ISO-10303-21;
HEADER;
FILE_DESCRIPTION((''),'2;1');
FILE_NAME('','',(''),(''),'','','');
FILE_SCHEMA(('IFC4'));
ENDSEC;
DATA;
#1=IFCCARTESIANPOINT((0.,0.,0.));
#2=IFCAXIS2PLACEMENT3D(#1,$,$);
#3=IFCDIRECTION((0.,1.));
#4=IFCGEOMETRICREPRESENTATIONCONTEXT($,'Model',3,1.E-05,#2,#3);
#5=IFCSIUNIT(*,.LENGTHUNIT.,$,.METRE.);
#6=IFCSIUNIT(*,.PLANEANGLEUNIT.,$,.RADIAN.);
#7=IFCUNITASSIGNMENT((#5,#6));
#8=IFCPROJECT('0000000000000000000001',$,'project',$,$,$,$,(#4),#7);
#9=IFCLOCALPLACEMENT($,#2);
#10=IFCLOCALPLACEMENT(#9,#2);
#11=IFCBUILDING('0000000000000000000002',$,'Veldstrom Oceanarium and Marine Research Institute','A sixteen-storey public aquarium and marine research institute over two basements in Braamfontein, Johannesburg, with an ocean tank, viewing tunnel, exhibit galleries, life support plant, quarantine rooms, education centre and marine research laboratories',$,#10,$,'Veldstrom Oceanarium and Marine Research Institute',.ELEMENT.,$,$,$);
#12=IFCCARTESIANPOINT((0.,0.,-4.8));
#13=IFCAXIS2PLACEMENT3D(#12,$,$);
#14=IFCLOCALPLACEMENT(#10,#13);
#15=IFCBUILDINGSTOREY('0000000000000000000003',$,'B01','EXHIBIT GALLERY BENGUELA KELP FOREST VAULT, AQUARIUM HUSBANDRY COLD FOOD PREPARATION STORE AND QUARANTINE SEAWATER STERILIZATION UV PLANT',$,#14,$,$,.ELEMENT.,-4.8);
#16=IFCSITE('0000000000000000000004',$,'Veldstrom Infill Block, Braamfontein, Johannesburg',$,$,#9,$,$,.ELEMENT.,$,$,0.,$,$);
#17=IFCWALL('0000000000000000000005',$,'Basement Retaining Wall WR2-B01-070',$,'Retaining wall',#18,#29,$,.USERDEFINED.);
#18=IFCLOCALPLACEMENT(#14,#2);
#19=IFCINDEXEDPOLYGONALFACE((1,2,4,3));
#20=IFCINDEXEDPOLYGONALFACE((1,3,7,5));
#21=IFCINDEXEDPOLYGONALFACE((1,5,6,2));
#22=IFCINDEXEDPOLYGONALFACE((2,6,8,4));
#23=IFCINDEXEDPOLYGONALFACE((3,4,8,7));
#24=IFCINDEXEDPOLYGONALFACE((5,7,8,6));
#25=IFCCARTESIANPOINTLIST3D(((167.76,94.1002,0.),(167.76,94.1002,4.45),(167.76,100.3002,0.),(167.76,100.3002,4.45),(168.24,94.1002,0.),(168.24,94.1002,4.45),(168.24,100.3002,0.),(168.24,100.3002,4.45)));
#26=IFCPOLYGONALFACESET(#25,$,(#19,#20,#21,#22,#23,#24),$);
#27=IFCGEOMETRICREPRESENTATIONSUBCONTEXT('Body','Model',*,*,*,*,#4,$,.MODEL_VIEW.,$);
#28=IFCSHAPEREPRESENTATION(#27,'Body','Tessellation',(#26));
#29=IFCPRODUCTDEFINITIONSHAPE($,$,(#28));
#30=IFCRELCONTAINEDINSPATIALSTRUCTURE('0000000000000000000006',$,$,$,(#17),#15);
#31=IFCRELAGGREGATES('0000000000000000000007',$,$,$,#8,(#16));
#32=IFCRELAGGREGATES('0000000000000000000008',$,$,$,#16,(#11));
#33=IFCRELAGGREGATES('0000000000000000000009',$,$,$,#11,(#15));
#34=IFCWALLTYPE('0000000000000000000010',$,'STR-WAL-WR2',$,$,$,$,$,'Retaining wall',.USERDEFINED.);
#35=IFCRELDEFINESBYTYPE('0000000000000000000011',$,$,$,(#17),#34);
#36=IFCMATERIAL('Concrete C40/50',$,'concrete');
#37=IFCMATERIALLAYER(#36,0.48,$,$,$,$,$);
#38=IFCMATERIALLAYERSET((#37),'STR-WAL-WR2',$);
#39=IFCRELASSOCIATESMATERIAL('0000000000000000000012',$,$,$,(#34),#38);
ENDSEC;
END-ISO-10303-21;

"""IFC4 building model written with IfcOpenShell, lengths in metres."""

from ifc_helpers import new_model, si_unit, direction, frame, frame_2d, origin, place, context, subcontext, project, spatial, rectangle, extrude, material, layer, layer_set, type_object, element, save


model = new_model("IFC4")

# Units and contexts
model_context = context("Model", 3, precision=1e-05, world=origin(), true_north=direction((0.0, 1.0)))
body_context = subcontext(model_context, "Body", "Model", "MODEL_VIEW")
ifc_project = project(units=[si_unit("LENGTHUNIT", "METRE"), si_unit("PLANEANGLEUNIT", "RADIAN")], contexts=[model_context])

# Site, building, storey
site_placement = place(None, origin())
site = spatial("IfcSite", under=ifc_project, at=site_placement, Name="Veldstrom Infill Block, Braamfontein, Johannesburg", CompositionType="ELEMENT", RefElevation=0.0)
building_placement = place(site_placement, origin())
building = spatial("IfcBuilding", under=site, at=building_placement, Name="Veldstrom Oceanarium and Marine Research Institute", Description="A sixteen-storey public aquarium and marine research institute over two basements in Braamfontein, Johannesburg, with an ocean tank, viewing tunnel, exhibit galleries, life support plant, quarantine rooms, education centre and marine research laboratories", LongName="Veldstrom Oceanarium and Marine Research Institute", CompositionType="ELEMENT")
storey_placement = place(building_placement, frame((0.0, 0.0, -4.8)))
storey = spatial("IfcBuildingStorey", under=building, at=storey_placement, Name="B01", Description="EXHIBIT GALLERY BENGUELA KELP FOREST VAULT, AQUARIUM HUSBANDRY COLD FOOD PREPARATION STORE AND QUARANTINE SEAWATER STERILIZATION UV PLANT", CompositionType="ELEMENT", Elevation=-4.8)

# Wall
ifc_material_1 = material(Name="Concrete C40/50", Category="concrete")
ifc_layer_1 = layer(ifc_material_1, 0.48)
ifc_layer_set_1 = layer_set([ifc_layer_1], Name="STR-WAL-WR2")
wall_type_1 = type_object("IfcWallType", Name="STR-WAL-WR2", ElementType="Retaining wall", PredefinedType="USERDEFINED", material=ifc_layer_set_1)
wall_1_placement = place(storey_placement, frame((168.0, 94.1001, 0.0), z_axis=(0.0, 0.0, 1.0), x_axis=(0.0, 1.0, 0.0)))
element("IfcWall", 1, at=wall_1_placement, inside=storey, type_object=wall_type_1, Name="Basement Retaining Wall WR2-B01-070", ObjectType="Retaining wall", PredefinedType="USERDEFINED", context=body_context, shape_type="SweptSolid", body=[
    extrude(rectangle(XDim=6.2, YDim=0.48, at=frame_2d((3.1001, 0.0))), origin(), (0.0, 0.0, 1.0), 4.45),
])

save(model, "model.ifc")
